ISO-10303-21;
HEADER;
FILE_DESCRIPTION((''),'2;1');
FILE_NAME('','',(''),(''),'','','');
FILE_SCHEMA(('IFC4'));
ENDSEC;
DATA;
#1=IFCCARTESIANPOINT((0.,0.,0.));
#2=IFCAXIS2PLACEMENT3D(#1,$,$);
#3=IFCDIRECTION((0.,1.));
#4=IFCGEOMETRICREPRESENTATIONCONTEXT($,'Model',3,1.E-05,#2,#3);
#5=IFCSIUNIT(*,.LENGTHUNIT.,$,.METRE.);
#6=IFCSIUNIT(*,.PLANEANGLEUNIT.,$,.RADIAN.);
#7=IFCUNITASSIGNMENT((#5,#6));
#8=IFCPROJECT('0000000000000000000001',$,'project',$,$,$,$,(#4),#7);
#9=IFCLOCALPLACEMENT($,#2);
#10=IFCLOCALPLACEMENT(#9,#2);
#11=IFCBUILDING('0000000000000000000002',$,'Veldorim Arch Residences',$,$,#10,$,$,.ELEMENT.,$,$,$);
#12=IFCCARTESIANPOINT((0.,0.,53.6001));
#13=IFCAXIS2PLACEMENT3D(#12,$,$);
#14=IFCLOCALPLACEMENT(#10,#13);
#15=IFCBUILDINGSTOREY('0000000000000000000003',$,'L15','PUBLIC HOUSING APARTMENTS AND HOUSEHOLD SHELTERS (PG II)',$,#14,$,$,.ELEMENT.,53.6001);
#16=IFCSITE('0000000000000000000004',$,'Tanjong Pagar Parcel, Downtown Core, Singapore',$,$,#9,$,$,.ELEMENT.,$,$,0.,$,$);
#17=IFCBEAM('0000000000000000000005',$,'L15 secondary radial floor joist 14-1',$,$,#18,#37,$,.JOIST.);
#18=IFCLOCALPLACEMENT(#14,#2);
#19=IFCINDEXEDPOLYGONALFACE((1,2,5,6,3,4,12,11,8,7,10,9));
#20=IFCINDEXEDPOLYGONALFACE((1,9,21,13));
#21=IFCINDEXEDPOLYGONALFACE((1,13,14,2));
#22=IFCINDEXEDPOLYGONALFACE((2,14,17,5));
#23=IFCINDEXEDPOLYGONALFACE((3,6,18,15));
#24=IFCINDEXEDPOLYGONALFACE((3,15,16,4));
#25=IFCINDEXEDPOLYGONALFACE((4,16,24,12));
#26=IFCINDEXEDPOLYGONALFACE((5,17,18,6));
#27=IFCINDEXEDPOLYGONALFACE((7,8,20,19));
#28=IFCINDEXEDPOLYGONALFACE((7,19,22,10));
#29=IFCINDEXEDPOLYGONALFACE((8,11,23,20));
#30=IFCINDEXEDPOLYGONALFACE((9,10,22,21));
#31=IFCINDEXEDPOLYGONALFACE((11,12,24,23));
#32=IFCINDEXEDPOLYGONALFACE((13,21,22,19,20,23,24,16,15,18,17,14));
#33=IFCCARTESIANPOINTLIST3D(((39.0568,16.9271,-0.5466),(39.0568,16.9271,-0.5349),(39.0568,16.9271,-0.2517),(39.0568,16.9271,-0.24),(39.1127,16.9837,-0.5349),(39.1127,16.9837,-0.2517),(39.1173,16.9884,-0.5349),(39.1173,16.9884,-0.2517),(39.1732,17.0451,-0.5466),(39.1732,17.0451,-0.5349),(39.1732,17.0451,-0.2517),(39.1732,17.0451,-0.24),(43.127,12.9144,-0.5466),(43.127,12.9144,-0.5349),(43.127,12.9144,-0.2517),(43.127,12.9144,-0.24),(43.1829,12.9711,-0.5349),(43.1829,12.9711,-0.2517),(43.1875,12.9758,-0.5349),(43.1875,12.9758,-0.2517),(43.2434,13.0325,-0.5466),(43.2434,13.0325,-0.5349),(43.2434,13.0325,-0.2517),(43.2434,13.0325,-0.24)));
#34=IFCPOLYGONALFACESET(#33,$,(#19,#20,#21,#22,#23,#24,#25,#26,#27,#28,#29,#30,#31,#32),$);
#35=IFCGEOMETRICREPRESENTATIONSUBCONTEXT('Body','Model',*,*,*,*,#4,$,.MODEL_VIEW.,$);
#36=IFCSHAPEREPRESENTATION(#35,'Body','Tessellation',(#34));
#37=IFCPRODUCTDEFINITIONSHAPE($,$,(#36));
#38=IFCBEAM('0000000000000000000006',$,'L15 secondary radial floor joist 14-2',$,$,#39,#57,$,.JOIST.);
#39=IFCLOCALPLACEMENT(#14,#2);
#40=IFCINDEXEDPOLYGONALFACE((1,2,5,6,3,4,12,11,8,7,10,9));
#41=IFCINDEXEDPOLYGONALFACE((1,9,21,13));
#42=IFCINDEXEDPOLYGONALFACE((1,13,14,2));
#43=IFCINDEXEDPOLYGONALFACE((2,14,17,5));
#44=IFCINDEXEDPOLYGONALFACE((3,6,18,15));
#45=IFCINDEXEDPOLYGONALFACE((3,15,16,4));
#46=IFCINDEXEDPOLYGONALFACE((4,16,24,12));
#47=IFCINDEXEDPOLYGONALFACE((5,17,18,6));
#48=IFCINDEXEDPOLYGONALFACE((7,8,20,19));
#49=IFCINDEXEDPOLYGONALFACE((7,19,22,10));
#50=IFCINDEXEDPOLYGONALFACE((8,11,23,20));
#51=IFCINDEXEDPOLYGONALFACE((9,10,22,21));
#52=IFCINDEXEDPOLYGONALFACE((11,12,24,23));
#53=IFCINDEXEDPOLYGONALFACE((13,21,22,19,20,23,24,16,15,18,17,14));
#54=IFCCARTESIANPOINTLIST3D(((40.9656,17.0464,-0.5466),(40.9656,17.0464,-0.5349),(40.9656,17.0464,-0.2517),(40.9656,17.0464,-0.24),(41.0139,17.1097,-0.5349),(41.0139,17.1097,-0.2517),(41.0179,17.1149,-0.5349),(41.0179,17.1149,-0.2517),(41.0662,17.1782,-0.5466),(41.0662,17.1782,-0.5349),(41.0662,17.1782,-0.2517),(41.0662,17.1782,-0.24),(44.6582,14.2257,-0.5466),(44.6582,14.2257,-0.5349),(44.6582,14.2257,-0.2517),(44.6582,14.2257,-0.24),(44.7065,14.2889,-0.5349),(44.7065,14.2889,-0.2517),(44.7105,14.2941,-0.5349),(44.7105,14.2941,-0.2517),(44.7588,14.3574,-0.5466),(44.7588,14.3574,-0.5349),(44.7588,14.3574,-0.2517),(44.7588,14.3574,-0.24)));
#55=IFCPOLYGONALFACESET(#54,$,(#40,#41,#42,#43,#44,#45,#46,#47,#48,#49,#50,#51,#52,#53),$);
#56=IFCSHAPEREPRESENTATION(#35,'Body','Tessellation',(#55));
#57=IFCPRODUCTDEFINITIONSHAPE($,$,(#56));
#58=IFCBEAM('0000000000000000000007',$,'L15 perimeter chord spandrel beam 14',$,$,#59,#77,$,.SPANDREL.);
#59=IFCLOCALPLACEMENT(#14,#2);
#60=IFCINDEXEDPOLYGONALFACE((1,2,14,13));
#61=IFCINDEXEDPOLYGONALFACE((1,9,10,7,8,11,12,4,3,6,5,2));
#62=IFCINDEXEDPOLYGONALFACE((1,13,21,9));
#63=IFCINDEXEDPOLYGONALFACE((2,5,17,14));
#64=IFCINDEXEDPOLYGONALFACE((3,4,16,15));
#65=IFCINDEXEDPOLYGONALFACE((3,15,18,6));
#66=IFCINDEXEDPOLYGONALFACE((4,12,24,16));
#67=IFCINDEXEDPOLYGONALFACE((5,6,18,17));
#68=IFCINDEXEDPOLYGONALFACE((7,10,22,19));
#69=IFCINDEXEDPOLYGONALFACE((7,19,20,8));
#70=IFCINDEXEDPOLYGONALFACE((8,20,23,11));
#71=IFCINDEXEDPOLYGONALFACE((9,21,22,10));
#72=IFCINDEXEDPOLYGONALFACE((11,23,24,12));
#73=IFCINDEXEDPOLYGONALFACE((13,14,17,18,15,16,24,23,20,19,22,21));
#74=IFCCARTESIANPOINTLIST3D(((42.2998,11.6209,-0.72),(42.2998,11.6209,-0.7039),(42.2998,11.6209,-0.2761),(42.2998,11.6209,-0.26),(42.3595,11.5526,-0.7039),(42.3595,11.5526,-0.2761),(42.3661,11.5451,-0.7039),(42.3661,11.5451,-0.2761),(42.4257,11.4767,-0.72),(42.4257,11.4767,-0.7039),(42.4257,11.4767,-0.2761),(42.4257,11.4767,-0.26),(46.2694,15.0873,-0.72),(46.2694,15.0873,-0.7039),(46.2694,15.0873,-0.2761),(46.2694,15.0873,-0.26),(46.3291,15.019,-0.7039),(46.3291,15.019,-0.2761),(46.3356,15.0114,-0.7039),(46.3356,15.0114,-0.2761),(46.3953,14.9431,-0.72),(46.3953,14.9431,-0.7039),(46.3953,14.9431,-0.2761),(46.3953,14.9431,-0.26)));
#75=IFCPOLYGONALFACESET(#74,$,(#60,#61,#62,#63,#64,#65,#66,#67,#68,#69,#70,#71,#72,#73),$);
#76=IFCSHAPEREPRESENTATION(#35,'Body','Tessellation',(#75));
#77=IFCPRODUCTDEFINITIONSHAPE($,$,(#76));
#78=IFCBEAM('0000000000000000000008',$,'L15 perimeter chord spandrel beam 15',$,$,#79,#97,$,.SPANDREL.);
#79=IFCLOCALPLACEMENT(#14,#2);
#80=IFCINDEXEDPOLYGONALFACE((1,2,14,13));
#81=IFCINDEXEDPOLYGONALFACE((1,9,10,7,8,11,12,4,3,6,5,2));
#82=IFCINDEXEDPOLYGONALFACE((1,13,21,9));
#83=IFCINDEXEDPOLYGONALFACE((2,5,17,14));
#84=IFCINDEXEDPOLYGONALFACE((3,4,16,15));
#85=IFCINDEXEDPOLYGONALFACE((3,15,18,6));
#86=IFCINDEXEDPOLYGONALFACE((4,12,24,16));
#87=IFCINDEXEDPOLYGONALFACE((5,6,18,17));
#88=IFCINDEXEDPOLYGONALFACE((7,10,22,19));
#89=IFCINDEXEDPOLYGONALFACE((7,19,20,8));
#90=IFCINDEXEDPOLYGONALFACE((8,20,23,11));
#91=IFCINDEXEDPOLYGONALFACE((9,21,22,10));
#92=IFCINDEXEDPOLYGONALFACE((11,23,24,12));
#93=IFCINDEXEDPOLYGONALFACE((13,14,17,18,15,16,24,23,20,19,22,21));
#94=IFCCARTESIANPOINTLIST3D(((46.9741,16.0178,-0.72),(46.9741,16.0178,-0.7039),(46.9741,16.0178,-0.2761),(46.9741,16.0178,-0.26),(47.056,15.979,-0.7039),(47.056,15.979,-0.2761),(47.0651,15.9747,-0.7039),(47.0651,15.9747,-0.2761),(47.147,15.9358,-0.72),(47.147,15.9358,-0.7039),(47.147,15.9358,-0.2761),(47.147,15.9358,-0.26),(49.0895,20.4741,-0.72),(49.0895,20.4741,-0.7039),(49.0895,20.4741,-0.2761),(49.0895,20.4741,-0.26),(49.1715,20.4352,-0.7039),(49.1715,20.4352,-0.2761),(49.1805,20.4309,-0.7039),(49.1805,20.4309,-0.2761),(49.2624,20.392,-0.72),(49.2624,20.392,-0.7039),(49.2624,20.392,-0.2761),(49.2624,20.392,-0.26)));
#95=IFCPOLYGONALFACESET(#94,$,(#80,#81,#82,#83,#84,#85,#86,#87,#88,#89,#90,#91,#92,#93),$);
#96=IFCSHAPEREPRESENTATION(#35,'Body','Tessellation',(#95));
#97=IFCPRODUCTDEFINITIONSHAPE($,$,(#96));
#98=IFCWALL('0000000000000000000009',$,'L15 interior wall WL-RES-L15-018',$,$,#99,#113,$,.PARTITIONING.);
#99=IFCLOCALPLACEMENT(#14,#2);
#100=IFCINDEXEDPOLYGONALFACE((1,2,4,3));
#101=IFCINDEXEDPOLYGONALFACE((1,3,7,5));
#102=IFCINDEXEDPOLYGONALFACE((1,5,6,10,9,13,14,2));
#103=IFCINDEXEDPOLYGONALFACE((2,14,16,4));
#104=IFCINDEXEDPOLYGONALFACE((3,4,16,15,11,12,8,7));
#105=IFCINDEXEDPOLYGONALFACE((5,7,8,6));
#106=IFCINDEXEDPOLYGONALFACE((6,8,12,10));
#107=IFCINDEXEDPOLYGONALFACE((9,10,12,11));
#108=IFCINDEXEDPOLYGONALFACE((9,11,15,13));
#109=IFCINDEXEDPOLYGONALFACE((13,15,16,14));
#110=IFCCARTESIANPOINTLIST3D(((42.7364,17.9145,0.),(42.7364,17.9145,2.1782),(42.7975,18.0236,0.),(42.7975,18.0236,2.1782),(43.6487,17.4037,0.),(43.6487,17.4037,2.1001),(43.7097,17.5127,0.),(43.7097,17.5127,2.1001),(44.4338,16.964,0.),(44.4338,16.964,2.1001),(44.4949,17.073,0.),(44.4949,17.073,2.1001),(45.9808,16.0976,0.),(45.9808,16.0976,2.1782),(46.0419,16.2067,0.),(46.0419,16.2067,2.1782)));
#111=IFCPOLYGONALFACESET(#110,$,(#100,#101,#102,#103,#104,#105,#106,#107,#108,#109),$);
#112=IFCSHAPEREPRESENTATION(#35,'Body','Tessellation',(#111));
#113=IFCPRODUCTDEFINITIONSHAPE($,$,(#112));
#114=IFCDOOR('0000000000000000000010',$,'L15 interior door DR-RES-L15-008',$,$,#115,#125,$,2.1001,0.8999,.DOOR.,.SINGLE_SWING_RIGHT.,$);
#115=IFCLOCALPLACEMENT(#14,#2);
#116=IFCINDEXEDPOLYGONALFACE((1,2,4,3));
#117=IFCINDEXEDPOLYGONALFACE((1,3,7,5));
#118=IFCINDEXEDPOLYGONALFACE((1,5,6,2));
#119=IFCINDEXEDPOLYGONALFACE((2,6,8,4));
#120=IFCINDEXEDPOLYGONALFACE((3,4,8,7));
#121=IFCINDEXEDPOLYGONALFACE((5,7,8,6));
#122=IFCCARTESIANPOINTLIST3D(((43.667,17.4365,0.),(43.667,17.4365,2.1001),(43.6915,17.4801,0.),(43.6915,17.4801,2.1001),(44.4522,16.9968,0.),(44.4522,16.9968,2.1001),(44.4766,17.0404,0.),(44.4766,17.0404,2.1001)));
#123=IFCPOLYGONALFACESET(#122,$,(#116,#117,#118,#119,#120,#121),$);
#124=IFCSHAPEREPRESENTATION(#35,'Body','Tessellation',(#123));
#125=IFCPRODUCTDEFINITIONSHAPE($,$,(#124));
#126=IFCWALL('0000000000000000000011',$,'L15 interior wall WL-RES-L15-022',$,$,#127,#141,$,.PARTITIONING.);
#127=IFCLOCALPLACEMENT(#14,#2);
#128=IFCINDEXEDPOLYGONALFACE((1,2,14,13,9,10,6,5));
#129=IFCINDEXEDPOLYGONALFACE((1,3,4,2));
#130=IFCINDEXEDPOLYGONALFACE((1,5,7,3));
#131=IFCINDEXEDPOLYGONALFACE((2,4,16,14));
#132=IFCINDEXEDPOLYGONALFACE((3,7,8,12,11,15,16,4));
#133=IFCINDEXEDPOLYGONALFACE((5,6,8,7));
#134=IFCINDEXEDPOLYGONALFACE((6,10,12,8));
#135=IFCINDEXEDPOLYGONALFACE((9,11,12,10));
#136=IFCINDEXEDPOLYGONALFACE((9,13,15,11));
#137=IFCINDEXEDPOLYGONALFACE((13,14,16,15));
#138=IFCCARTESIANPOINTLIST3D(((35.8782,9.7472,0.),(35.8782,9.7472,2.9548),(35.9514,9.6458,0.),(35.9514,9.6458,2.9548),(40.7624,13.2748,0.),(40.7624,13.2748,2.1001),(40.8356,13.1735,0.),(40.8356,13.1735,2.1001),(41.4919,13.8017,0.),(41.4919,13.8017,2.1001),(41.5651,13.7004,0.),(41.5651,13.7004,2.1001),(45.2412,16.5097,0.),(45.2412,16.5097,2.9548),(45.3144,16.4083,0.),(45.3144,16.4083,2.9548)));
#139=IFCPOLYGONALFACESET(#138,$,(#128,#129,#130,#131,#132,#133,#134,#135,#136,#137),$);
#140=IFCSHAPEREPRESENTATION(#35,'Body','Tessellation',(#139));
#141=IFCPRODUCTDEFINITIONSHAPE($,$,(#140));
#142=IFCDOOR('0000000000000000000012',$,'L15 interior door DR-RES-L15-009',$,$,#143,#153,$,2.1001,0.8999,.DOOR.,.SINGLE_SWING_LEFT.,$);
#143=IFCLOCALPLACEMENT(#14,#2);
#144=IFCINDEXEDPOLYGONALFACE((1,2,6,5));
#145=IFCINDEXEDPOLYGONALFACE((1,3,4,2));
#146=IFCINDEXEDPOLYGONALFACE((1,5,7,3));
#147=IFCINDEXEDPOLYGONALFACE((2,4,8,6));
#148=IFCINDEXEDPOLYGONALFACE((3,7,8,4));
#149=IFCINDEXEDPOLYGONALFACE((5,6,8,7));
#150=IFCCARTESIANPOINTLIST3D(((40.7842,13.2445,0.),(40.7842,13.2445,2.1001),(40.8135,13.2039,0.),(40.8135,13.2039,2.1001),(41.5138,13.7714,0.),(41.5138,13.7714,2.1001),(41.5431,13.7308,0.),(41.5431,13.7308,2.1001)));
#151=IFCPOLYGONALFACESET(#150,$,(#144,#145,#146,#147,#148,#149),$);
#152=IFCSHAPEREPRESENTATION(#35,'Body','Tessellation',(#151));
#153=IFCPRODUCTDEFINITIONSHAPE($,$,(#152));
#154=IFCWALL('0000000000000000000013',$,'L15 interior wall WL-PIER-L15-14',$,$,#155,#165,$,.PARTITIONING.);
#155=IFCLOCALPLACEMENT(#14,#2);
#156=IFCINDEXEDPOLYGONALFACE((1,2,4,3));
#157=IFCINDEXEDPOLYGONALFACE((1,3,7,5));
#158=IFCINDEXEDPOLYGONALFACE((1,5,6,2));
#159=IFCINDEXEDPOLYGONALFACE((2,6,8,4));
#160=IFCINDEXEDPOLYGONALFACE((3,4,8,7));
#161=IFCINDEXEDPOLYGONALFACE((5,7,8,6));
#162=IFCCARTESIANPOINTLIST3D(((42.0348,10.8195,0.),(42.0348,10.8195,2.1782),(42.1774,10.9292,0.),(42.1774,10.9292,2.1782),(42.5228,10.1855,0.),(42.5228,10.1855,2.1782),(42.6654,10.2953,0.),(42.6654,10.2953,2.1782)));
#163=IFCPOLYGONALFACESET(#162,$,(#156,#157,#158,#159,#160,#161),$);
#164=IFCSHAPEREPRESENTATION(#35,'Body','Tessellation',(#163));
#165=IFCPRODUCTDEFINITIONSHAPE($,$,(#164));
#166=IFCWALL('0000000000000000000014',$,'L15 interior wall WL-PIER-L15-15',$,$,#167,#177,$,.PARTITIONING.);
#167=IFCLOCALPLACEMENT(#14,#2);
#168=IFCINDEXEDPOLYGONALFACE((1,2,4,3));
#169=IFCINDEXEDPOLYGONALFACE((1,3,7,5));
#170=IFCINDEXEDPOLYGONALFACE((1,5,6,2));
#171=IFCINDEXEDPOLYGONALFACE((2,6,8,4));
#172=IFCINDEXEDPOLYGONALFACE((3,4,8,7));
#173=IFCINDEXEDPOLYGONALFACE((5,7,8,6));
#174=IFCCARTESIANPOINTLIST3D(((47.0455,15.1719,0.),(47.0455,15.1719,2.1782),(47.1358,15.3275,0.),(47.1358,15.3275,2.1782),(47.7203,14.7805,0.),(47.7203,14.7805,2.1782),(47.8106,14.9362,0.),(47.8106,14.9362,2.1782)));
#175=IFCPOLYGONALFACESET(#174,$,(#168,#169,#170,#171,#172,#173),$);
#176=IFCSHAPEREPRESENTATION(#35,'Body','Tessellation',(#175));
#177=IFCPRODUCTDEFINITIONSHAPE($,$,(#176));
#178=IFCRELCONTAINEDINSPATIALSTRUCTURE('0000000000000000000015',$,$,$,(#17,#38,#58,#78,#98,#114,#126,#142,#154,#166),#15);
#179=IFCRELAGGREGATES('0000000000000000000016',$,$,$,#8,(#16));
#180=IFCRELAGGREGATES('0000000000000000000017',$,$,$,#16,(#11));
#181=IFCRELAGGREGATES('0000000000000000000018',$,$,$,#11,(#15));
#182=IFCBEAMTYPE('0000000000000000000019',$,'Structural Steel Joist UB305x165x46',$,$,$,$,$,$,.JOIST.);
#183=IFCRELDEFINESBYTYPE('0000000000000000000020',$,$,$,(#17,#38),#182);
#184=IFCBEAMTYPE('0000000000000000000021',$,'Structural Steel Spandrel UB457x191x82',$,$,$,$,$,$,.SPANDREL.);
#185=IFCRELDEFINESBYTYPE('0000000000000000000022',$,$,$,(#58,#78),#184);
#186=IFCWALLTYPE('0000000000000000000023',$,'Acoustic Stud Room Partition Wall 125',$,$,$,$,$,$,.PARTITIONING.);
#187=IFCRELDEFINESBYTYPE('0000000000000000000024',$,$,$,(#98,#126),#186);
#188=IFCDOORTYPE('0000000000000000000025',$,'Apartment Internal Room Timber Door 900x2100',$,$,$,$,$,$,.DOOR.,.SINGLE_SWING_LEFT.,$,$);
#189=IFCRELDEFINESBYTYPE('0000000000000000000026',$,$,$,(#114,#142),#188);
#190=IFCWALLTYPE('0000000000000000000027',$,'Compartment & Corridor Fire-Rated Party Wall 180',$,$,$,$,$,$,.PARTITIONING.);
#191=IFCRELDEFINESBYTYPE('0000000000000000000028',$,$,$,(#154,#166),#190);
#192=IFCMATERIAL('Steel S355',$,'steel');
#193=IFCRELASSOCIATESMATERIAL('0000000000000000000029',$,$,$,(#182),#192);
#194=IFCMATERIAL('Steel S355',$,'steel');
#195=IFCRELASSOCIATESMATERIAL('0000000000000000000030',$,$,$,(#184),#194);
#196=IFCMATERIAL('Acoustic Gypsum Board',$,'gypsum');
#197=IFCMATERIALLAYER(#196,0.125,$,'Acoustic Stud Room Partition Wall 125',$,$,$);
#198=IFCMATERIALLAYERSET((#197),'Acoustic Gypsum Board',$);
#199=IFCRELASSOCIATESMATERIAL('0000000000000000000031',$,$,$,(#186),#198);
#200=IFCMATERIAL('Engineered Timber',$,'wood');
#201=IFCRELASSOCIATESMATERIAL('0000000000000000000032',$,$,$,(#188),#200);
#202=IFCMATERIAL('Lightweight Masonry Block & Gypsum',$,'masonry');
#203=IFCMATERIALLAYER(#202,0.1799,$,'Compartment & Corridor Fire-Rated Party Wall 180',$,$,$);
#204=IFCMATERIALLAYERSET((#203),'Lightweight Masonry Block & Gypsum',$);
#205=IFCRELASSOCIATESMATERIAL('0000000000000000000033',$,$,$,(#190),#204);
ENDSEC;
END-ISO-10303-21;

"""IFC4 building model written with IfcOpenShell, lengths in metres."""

from ifc_helpers import new_model, si_unit, direction, frame, frame_2d, origin, origin_2d, place, context, subcontext, project, spatial, rectangle, i_section, extrude, material, layer, layer_set, material_profile, profile_set, type_object, element, fill, save


model = new_model("IFC4")

# Units and contexts
model_context = context("Model", 3, precision=1e-05, world=origin(), true_north=direction((0.0, 1.0)))
body_context = subcontext(model_context, "Body", "Model", "MODEL_VIEW")
ifc_project = project(units=[si_unit("LENGTHUNIT", "METRE"), si_unit("PLANEANGLEUNIT", "RADIAN")], contexts=[model_context])

# Site, building, storey
site_placement = place(None, origin())
site = spatial("IfcSite", under=ifc_project, at=site_placement, Name="Tanjong Pagar Parcel, Downtown Core, Singapore", CompositionType="ELEMENT", RefElevation=0.0)
building_placement = place(site_placement, origin())
building = spatial("IfcBuilding", under=site, at=building_placement, Name="Veldorim Arch Residences", CompositionType="ELEMENT")
storey_placement = place(building_placement, frame((0.0, 0.0, 53.6001)))
storey = spatial("IfcBuildingStorey", under=building, at=storey_placement, Name="L15", Description="PUBLIC HOUSING APARTMENTS AND HOUSEHOLD SHELTERS (PG II)", CompositionType="ELEMENT", Elevation=53.6001)

# Beams
ifc_material_1 = material(Name="Steel S355", Category="steel")
ifc_material_profile_1 = material_profile(ifc_material_1, i_section(OverallWidth=0.1658, OverallDepth=0.3066, WebThickness=0.0066, FlangeThickness=0.0117, at=origin_2d()), Name="UB305x165x46")
ifc_profile_set_1 = profile_set([ifc_material_profile_1], Name="Steel S355")
beam_type_1 = type_object("IfcBeamType", Name="Structural Steel Joist UB305x165x46", PredefinedType="JOIST", material=ifc_profile_set_1)
beam_1_placement = place(storey_placement, frame((39.115, 16.9861, -0.3933), z_axis=(0.712129, -0.702049, 0.0), x_axis=(0.702049, 0.712129, 0.0)))
element("IfcBeam", 1, at=beam_1_placement, inside=storey, type_object=beam_type_1, Name="L15 secondary radial floor joist 14-1", PredefinedType="JOIST", context=body_context, shape_type="SweptSolid", body=[
    extrude(i_section(OverallWidth=0.1658, OverallDepth=0.3066, WebThickness=0.0066, FlangeThickness=0.0117, at=origin_2d()), origin(), (0.0, 0.0, 1.0), 5.7156),
])
beam_2_placement = place(storey_placement, frame((41.0159, 17.1123, -0.3933), z_axis=(0.794666, -0.607046, 0.0), x_axis=(0.607046, 0.794666, 0.0)))
element("IfcBeam", 2, at=beam_2_placement, inside=storey, type_object=beam_type_1, Name="L15 secondary radial floor joist 14-2", PredefinedType="JOIST", context=body_context, shape_type="SweptSolid", body=[
    extrude(i_section(OverallWidth=0.1658, OverallDepth=0.3066, WebThickness=0.0066, FlangeThickness=0.0117, at=origin_2d()), origin(), (0.0, 0.0, 1.0), 4.6467),
])
ifc_material_2 = material(Name="Steel S355", Category="steel")
ifc_material_profile_2 = material_profile(ifc_material_2, i_section(OverallWidth=0.1914, OverallDepth=0.46, WebThickness=0.01, FlangeThickness=0.0161, at=origin_2d()), Name="UB457x191x82")
ifc_profile_set_2 = profile_set([ifc_material_profile_2], Name="Steel S355")
beam_type_2 = type_object("IfcBeamType", Name="Structural Steel Spandrel UB457x191x82", PredefinedType="SPANDREL", material=ifc_profile_set_2)
beam_3_placement = place(storey_placement, frame((42.3628, 11.5488, -0.49), z_axis=(0.753234, 0.657753, 0.0), x_axis=(-0.657753, 0.753234, 0.0)))
element("IfcBeam", 3, at=beam_3_placement, inside=storey, type_object=beam_type_2, Name="L15 perimeter chord spandrel beam 14", PredefinedType="SPANDREL", context=body_context, shape_type="SweptSolid", body=[
    extrude(i_section(OverallWidth=0.1914, OverallDepth=0.46, WebThickness=0.01, FlangeThickness=0.0161, at=origin_2d()), origin(), (0.0, 0.0, 1.0), 5.27),
])
beam_4_placement = place(storey_placement, frame((47.0605, 15.9768, -0.49), z_axis=(0.428848, 0.903377, 0.0), x_axis=(-0.903377, 0.428848, 0.0)))
element("IfcBeam", 4, at=beam_4_placement, inside=storey, type_object=beam_type_2, Name="L15 perimeter chord spandrel beam 15", PredefinedType="SPANDREL", context=body_context, shape_type="SweptSolid", body=[
    extrude(i_section(OverallWidth=0.1914, OverallDepth=0.46, WebThickness=0.01, FlangeThickness=0.0161, at=origin_2d()), origin(), (0.0, 0.0, 1.0), 4.9329),
])

# Walls, openings, doors
ifc_material_3 = material(Name="Acoustic Gypsum Board", Category="gypsum")
ifc_layer_1 = layer(ifc_material_3, 0.125, Name="Acoustic Stud Room Partition Wall 125")
ifc_layer_set_1 = layer_set([ifc_layer_1], Name="Acoustic Gypsum Board")
wall_type_1 = type_object("IfcWallType", Name="Acoustic Stud Room Partition Wall 125", PredefinedType="PARTITIONING", material=ifc_layer_set_1)
wall_1_placement = place(storey_placement, frame((46.0115, 16.1521, 0.0), z_axis=(0.0, 0.0, 1.0), x_axis=(-0.872502, 0.488611, 0.0)))
wall_1 = element("IfcWall", 5, at=wall_1_placement, inside=storey, type_object=wall_type_1, Name="L15 interior wall WL-RES-L15-018", PredefinedType="PARTITIONING", context=body_context, shape_type="SweptSolid", body=[
    extrude(rectangle(XDim=3.7185, YDim=0.125, at=frame_2d((1.8594, 0.0))), origin(), (0.0, 0.0, 1.0), 2.1782),
])
opening_1_placement = place(wall_1_placement, frame((1.7732, 0.0, 0.0)))
opening_1 = element("IfcOpeningElement", 6, at=opening_1_placement, cuts=wall_1, PredefinedType="OPENING", context=body_context, shape_type="SweptSolid", body=[
    extrude(rectangle(XDim=0.8999, YDim=2.1001, at=frame_2d((0.45, 1.05))), frame((0.0, 0.0725, 0.0), z_axis=(0.0, -1.0, 0.0), x_axis=(1.0, 0.0, 0.0)), (0.0, 0.0, 1.0), 0.145),
])
ifc_material_4 = material(Name="Engineered Timber", Category="wood")
door_type_1 = type_object("IfcDoorType", Name="Apartment Internal Room Timber Door 900x2100", OperationType="SINGLE_SWING_LEFT", PredefinedType="DOOR", material=ifc_material_4)
door_1_placement = place(opening_1_placement, origin())
door_1 = element("IfcDoor", 7, at=door_1_placement, inside=storey, type_object=door_type_1, Name="L15 interior door DR-RES-L15-008", OperationType="SINGLE_SWING_RIGHT", OverallHeight=2.1001, OverallWidth=0.8999, PredefinedType="DOOR", context=body_context, shape_type="SweptSolid", body=[
    extrude(rectangle(XDim=0.8999, YDim=2.1001, at=frame_2d((0.45, 1.05))), frame((0.0, 0.0249, 0.0), z_axis=(0.0, -1.0, 0.0), x_axis=(1.0, 0.0, 0.0)), (0.0, 0.0, 1.0), 0.05),
])
fill(opening_1, door_1)
wall_2_placement = place(storey_placement, frame((45.2778, 16.459, 0.0), z_axis=(0.0, 0.0, 1.0), x_axis=(-0.810669, -0.585505, 0.0)))
wall_2 = element("IfcWall", 8, at=wall_2_placement, inside=storey, type_object=wall_type_1, Name="L15 interior wall WL-RES-L15-022", PredefinedType="PARTITIONING", context=body_context, shape_type="SweptSolid", body=[
    extrude(rectangle(XDim=11.5498, YDim=0.125, at=frame_2d((5.7749, 0.0))), origin(), (0.0, 0.0, 1.0), 2.9548),
])
opening_2_placement = place(wall_2_placement, frame((4.625, 0.0, 0.0)))
opening_2 = element("IfcOpeningElement", 9, at=opening_2_placement, cuts=wall_2, PredefinedType="OPENING", context=body_context, shape_type="SweptSolid", body=[
    extrude(rectangle(XDim=0.8999, YDim=2.1001, at=frame_2d((0.45, 1.05))), frame((0.0, 0.0725, 0.0), z_axis=(0.0, -1.0, 0.0), x_axis=(1.0, 0.0, 0.0)), (0.0, 0.0, 1.0), 0.145),
])
door_2_placement = place(opening_2_placement, origin())
door_2 = element("IfcDoor", 10, at=door_2_placement, inside=storey, type_object=door_type_1, Name="L15 interior door DR-RES-L15-009", OperationType="SINGLE_SWING_LEFT", OverallHeight=2.1001, OverallWidth=0.8999, PredefinedType="DOOR", context=body_context, shape_type="SweptSolid", body=[
    extrude(rectangle(XDim=0.8999, YDim=2.1001, at=frame_2d((0.45, 1.05))), frame((0.0, 0.0249, 0.0), z_axis=(0.0, -1.0, 0.0), x_axis=(1.0, 0.0, 0.0)), (0.0, 0.0, 1.0), 0.05),
])
fill(opening_2, door_2)

# Walls
ifc_material_5 = material(Name="Lightweight Masonry Block & Gypsum", Category="masonry")
ifc_layer_2 = layer(ifc_material_5, 0.1799, Name="Compartment & Corridor Fire-Rated Party Wall 180")
ifc_layer_set_2 = layer_set([ifc_layer_2], Name="Lightweight Masonry Block & Gypsum")
wall_type_2 = type_object("IfcWallType", Name="Compartment & Corridor Fire-Rated Party Wall 180", PredefinedType="PARTITIONING", material=ifc_layer_set_2)
wall_3_placement = place(storey_placement, frame((42.1062, 10.8743, 0.0), z_axis=(0.0, 0.0, 1.0), x_axis=(0.609961, -0.792431, 0.0)))
element("IfcWall", 11, at=wall_3_placement, inside=storey, type_object=wall_type_2, Name="L15 interior wall WL-PIER-L15-14", PredefinedType="PARTITIONING", context=body_context, shape_type="SweptSolid", body=[
    extrude(rectangle(XDim=0.8, YDim=0.1799, at=frame_2d((0.3999, 0.0))), origin(), (0.0, 0.0, 1.0), 2.1782),
])
wall_4_placement = place(storey_placement, frame((47.0906, 15.2498, 0.0), z_axis=(0.0, 0.0, 1.0), x_axis=(0.865047, -0.50169, 0.0)))
element("IfcWall", 12, at=wall_4_placement, inside=storey, type_object=wall_type_2, Name="L15 interior wall WL-PIER-L15-15", PredefinedType="PARTITIONING", context=body_context, shape_type="SweptSolid", body=[
    extrude(rectangle(XDim=0.78, YDim=0.1799, at=frame_2d((0.3901, 0.0))), origin(), (0.0, 0.0, 1.0), 2.1782),
])

save(model, "model.ifc")
